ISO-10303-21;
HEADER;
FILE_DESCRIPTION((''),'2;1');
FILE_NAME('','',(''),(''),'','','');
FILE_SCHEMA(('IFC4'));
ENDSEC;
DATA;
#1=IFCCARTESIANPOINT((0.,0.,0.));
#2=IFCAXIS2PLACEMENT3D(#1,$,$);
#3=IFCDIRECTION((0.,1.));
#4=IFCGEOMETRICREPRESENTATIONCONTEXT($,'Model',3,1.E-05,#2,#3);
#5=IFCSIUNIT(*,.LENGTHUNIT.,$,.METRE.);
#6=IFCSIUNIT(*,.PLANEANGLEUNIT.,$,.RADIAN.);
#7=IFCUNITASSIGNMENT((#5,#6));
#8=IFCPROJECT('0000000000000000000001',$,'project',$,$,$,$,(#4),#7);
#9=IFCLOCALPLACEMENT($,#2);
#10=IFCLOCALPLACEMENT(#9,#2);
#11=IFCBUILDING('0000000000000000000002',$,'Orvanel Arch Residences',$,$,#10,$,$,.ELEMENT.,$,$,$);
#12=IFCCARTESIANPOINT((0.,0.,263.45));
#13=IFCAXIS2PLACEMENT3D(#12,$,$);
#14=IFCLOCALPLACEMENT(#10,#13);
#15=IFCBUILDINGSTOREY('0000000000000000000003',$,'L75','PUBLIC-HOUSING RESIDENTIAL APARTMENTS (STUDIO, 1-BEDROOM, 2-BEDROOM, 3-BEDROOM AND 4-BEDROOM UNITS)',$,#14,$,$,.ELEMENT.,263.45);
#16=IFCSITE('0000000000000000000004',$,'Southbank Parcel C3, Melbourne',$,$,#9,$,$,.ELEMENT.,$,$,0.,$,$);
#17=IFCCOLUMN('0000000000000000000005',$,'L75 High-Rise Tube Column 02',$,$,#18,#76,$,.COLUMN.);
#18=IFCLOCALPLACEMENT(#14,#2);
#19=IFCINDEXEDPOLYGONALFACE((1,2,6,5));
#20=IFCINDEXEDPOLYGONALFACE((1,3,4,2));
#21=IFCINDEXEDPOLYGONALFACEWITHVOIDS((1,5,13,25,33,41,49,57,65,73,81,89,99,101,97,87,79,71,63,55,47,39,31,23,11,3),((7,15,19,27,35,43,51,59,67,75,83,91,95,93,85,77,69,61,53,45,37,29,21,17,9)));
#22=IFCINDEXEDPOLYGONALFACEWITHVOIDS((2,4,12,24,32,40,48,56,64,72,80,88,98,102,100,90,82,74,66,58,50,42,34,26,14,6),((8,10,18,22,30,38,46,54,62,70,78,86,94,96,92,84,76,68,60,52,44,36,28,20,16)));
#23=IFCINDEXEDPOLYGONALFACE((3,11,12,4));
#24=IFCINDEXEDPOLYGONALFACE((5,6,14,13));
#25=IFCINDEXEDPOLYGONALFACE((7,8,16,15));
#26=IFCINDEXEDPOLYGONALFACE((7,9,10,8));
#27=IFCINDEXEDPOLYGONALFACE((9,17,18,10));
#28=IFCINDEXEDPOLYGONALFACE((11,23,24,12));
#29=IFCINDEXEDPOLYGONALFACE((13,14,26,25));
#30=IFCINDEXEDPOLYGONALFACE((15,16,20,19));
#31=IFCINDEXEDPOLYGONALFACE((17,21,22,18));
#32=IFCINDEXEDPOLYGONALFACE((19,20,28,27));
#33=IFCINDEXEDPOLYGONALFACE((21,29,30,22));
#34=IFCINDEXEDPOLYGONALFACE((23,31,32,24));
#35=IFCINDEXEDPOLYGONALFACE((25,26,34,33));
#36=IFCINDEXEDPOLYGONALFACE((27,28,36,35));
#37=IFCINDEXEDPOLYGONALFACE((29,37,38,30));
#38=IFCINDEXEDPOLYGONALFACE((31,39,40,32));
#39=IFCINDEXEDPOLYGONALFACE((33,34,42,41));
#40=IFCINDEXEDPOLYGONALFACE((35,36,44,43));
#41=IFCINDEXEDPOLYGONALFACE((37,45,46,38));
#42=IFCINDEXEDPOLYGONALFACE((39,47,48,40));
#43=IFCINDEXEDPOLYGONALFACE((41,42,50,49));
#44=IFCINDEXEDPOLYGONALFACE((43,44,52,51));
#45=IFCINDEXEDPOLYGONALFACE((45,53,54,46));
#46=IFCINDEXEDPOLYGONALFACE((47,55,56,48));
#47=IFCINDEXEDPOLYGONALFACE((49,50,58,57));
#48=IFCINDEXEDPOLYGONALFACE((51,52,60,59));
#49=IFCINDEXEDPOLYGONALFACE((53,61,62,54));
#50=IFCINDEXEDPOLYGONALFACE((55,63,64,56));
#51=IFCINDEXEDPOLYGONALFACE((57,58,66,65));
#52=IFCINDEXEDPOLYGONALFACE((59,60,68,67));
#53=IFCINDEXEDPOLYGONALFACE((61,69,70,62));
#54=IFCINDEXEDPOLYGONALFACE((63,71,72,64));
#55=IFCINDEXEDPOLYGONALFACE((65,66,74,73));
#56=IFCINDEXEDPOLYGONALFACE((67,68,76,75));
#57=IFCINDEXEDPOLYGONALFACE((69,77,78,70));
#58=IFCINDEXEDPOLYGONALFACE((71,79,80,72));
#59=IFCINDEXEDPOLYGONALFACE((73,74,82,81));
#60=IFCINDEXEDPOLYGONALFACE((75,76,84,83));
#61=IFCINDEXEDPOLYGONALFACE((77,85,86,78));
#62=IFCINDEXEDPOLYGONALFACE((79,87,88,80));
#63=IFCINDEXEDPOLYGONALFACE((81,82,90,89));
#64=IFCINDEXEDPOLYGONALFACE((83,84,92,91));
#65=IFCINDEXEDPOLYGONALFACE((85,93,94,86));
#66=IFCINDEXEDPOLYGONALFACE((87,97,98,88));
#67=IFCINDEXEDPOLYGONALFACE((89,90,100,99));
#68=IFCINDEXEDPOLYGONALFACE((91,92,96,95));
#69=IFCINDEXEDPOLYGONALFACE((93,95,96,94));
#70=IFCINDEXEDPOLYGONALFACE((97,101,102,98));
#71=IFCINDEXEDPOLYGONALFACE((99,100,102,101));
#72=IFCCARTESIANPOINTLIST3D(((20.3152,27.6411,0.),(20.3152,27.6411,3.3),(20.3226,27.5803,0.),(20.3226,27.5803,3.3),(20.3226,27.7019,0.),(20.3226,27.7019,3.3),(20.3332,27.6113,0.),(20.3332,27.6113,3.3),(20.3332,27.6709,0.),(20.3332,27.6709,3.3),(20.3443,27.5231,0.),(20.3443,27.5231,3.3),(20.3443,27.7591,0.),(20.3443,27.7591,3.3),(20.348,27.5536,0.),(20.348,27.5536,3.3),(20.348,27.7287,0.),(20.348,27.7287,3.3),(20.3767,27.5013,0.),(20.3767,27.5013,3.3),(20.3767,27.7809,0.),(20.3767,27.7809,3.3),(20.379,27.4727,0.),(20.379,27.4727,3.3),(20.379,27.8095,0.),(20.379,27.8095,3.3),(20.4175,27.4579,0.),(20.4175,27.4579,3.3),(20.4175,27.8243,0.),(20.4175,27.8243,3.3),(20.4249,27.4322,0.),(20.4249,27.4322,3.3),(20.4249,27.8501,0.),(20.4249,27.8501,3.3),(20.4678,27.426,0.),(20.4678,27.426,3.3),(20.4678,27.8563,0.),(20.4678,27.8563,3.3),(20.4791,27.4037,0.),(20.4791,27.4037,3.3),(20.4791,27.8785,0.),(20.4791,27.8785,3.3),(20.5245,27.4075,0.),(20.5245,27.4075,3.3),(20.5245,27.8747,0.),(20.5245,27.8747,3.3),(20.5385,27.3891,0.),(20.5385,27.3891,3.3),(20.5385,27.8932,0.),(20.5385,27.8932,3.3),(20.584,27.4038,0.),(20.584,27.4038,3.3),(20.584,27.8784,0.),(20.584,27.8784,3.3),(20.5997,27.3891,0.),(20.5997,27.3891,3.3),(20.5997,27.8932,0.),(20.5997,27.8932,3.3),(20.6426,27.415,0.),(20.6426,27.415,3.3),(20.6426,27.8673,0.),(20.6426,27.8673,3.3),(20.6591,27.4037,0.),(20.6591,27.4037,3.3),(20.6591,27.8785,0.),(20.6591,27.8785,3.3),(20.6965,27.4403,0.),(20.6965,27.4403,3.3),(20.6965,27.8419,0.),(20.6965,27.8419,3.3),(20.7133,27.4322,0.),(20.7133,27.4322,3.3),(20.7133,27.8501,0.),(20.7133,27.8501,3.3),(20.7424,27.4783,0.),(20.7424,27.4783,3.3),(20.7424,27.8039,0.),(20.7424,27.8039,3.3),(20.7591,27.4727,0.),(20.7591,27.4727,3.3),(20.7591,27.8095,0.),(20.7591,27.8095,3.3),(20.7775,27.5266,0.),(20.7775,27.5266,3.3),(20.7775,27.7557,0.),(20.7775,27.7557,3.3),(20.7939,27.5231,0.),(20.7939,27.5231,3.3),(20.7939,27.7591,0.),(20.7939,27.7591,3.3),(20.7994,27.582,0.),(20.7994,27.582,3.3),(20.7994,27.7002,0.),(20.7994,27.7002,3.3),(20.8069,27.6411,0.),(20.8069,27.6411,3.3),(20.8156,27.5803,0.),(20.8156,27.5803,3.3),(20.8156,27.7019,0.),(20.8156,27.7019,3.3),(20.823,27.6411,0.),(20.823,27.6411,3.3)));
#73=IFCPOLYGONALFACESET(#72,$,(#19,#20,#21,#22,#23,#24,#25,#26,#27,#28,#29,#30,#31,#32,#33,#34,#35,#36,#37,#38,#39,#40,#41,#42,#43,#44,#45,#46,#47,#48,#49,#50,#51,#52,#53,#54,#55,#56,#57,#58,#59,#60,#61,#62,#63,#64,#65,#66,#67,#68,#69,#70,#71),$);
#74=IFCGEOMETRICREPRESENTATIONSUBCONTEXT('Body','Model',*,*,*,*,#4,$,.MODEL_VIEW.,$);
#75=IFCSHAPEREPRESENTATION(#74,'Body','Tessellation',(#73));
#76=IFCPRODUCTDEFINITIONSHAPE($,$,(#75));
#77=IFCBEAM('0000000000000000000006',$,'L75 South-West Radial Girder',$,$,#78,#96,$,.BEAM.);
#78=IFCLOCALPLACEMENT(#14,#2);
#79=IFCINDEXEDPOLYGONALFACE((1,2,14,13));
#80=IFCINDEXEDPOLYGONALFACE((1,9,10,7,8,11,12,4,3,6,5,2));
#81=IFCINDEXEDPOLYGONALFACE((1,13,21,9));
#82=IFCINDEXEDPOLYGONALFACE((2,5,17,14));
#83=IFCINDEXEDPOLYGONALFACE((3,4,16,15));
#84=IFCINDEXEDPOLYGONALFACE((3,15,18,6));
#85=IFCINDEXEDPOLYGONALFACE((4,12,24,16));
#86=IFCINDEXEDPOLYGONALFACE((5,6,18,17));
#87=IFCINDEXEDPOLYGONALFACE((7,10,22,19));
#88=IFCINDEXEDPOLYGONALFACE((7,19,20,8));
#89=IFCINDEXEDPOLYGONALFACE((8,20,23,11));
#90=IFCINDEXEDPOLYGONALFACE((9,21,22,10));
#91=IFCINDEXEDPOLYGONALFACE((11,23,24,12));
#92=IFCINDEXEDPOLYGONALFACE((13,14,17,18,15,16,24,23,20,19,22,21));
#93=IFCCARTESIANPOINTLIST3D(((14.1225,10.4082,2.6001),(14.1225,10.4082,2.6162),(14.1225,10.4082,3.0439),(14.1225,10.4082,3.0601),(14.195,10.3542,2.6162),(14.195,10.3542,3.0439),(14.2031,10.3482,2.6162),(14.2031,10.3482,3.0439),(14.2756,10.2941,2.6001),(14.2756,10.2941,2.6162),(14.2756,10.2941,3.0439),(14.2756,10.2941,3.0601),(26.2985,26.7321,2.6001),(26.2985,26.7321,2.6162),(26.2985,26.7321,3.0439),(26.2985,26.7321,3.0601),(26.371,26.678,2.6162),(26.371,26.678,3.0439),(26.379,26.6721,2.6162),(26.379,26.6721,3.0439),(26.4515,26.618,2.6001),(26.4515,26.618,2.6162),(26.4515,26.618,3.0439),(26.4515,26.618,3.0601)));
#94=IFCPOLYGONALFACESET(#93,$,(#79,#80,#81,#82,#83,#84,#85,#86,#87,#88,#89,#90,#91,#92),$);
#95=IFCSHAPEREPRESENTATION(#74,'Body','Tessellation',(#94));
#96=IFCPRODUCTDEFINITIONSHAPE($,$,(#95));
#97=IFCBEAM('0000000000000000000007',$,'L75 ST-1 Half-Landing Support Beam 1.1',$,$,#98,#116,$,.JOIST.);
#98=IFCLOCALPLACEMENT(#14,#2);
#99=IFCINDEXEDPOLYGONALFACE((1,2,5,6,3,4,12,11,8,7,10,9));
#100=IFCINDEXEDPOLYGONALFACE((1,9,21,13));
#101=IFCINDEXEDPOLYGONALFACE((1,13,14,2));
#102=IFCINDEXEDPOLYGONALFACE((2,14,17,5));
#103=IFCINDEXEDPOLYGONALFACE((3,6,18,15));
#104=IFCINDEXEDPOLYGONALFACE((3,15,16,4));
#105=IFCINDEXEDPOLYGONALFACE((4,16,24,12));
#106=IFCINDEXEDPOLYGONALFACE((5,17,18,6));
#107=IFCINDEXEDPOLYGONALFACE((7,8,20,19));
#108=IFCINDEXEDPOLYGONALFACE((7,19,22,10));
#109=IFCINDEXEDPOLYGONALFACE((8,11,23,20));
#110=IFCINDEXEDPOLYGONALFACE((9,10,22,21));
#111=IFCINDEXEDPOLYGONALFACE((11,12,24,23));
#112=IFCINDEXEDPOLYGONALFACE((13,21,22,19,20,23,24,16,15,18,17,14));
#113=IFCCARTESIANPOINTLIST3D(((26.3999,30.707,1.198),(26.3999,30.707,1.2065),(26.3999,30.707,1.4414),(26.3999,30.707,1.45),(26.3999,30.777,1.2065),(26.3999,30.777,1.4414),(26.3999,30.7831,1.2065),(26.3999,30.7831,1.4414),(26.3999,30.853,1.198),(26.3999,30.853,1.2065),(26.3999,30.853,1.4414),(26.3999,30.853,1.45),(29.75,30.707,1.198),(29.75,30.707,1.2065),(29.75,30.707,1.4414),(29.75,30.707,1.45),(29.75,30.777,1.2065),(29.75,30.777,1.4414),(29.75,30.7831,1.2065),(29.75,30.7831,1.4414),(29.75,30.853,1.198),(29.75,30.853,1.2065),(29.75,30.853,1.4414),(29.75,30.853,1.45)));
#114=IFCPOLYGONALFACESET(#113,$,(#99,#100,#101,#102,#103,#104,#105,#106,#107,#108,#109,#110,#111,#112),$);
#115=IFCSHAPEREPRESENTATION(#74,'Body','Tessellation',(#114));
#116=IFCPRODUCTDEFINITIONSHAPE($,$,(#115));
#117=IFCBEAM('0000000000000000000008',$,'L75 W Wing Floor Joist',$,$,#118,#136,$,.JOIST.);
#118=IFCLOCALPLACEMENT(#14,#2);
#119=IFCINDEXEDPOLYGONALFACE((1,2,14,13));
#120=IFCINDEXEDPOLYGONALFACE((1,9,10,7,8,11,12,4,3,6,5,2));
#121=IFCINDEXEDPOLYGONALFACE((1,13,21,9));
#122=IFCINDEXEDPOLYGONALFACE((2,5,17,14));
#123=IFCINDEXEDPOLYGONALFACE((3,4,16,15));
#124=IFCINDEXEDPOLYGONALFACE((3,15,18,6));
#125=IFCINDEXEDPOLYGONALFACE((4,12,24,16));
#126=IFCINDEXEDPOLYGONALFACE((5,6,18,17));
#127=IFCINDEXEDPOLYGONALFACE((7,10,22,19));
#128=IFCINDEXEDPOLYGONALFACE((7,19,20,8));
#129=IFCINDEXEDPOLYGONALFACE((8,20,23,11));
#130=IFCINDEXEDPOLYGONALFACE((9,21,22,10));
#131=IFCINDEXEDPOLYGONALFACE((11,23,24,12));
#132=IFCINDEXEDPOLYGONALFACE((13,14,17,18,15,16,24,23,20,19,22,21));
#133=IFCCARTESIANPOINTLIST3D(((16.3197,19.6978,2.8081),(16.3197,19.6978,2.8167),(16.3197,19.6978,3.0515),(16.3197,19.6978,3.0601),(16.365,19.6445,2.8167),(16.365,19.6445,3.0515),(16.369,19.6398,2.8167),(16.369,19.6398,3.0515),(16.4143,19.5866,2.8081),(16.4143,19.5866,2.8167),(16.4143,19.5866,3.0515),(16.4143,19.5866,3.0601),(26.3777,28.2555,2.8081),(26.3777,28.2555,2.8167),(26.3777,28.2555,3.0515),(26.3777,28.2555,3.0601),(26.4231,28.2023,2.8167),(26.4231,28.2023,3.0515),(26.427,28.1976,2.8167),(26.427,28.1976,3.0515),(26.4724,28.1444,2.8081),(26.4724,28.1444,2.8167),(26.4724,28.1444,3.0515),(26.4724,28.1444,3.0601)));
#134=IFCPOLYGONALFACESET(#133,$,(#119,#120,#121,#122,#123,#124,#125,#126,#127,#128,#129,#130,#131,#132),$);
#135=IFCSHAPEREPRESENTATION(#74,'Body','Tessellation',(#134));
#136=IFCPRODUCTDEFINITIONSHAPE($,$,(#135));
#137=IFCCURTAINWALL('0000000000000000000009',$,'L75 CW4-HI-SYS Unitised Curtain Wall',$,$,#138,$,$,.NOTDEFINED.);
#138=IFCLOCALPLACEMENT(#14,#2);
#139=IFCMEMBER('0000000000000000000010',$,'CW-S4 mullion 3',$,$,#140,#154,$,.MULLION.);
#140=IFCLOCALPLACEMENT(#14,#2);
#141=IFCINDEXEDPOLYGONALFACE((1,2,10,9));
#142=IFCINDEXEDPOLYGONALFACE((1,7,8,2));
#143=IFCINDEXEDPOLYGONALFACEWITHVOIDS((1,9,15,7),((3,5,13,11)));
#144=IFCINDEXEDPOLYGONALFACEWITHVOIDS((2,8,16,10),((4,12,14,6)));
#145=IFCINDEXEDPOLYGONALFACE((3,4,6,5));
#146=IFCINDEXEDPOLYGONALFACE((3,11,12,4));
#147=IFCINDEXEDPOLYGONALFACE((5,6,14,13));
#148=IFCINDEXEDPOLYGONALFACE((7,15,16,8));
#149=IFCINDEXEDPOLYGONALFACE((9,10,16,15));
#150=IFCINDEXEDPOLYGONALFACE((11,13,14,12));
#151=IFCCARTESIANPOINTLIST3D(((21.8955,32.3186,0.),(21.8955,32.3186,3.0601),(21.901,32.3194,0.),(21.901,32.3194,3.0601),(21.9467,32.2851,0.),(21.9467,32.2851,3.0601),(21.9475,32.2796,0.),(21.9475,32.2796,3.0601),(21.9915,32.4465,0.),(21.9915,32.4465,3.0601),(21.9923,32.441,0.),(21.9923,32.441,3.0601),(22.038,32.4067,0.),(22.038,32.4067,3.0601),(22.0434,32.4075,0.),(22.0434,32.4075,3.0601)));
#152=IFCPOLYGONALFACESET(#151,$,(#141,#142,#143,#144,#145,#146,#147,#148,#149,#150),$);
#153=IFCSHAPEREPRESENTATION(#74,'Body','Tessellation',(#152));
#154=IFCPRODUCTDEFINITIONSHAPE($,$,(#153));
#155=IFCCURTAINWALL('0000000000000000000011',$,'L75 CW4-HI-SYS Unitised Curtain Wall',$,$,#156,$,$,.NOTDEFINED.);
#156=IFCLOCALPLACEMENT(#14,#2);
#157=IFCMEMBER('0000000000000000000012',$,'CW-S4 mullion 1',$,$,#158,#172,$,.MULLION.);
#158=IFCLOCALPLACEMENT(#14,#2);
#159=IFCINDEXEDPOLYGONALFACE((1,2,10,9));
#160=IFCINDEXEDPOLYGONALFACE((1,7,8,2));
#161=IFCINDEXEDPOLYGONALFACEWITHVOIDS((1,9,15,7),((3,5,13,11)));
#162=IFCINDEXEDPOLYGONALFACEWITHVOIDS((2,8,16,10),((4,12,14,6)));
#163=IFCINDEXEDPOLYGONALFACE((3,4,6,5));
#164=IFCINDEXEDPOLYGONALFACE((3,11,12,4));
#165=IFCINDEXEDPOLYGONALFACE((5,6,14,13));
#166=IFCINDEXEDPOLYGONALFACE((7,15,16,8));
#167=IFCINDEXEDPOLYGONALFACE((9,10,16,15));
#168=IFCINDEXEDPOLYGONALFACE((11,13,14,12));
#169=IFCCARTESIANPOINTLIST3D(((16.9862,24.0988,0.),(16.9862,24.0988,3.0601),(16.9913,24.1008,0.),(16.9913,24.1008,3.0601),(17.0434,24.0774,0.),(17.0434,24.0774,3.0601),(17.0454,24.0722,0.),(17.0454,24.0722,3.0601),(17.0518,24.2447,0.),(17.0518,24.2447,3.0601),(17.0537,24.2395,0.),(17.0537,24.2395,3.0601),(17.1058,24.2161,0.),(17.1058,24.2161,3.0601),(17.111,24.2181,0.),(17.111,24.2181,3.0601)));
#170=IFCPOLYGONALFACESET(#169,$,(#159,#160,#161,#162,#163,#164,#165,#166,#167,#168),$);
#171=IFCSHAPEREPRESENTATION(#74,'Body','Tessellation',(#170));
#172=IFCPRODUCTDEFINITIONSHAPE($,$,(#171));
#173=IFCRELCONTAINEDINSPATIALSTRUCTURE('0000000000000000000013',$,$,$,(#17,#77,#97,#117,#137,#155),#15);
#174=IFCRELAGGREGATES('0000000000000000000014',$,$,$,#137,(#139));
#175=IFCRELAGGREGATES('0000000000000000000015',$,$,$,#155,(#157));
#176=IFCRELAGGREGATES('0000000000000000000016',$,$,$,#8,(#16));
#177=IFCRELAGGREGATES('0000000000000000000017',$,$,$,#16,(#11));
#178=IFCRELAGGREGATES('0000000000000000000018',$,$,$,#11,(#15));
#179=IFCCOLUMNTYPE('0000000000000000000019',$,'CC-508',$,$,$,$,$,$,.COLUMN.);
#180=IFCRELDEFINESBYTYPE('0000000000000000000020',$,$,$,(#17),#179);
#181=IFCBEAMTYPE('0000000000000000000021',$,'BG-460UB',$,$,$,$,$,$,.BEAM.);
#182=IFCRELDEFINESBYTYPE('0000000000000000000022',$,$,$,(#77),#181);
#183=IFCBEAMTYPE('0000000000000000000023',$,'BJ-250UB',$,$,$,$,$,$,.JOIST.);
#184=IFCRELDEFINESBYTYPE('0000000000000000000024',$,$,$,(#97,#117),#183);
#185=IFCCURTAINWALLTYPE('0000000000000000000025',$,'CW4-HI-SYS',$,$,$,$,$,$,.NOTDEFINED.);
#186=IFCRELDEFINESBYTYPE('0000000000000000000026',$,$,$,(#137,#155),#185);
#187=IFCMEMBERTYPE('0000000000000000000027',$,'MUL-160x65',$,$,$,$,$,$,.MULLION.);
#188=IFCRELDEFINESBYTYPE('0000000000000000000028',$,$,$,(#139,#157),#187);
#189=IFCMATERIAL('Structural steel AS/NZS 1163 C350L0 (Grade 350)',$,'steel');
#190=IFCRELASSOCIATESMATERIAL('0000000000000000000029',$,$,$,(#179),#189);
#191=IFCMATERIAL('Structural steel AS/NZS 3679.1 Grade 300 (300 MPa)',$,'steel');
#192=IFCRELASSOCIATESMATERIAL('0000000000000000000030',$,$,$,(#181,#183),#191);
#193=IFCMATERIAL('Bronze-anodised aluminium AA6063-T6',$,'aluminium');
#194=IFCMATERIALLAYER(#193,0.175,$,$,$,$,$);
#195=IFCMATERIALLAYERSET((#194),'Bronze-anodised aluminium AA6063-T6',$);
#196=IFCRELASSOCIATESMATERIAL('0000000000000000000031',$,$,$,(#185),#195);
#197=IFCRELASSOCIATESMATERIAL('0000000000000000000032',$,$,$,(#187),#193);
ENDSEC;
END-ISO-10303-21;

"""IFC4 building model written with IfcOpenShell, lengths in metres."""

from ifc_helpers import new_model, si_unit, direction, frame, origin, origin_2d, place, context, subcontext, project, spatial, hollow_rectangle, hollow_circle, i_section, extrude, material, layer, layer_set, material_profile, profile_set, type_object, element, aggregate, save


model = new_model("IFC4")

# Units and contexts
model_context = context("Model", 3, precision=1e-05, world=origin(), true_north=direction((0.0, 1.0)))
body_context = subcontext(model_context, "Body", "Model", "MODEL_VIEW")
ifc_project = project(units=[si_unit("LENGTHUNIT", "METRE"), si_unit("PLANEANGLEUNIT", "RADIAN")], contexts=[model_context])

# Site, building, storey
site_placement = place(None, origin())
site = spatial("IfcSite", under=ifc_project, at=site_placement, Name="Southbank Parcel C3, Melbourne", CompositionType="ELEMENT", RefElevation=0.0)
building_placement = place(site_placement, origin())
building = spatial("IfcBuilding", under=site, at=building_placement, Name="Orvanel Arch Residences", CompositionType="ELEMENT")
storey_placement = place(building_placement, frame((0.0, 0.0, 263.45)))
storey = spatial("IfcBuildingStorey", under=building, at=storey_placement, Name="L75", Description="PUBLIC-HOUSING RESIDENTIAL APARTMENTS (STUDIO, 1-BEDROOM, 2-BEDROOM, 3-BEDROOM AND 4-BEDROOM UNITS)", CompositionType="ELEMENT", Elevation=263.45)

# Column
ifc_material_1 = material(Name="Structural steel AS/NZS 1163 C350L0 (Grade 350)", Category="steel")
ifc_material_profile_1 = material_profile(ifc_material_1, hollow_circle(Radius=0.2539, WallThickness=0.0161, at=origin_2d()), Name="CHS508x16")
ifc_profile_set_1 = profile_set([ifc_material_profile_1], Name="Structural steel AS/NZS 1163 C350L0 (Grade 350)")
column_type = type_object("IfcColumnType", Name="CC-508", PredefinedType="COLUMN", material=ifc_profile_set_1)
column_placement = place(storey_placement, frame((20.5691, 27.6411, 0.0), z_axis=(0.0, 0.0, 1.0), x_axis=(1.0, 0.0, 0.0)))
element("IfcColumn", 1, at=column_placement, inside=storey, type_object=column_type, Name="L75 High-Rise Tube Column 02", PredefinedType="COLUMN", context=body_context, shape_type="SweptSolid", body=[
    extrude(hollow_circle(Radius=0.2539, WallThickness=0.0161, at=origin_2d()), origin(), (0.0, 0.0, 1.0), 3.3),
])

# Beams
ifc_material_2 = material(Name="Structural steel AS/NZS 3679.1 Grade 300 (300 MPa)", Category="steel")
ifc_material_profile_2 = material_profile(ifc_material_2, i_section(OverallWidth=0.1909, OverallDepth=0.46, WebThickness=0.01, FlangeThickness=0.0161, at=origin_2d()), Name="460UB82.1")
ifc_profile_set_2 = profile_set([ifc_material_profile_2], Name="Structural steel AS/NZS 3679.1 Grade 300 (300 MPa)")
beam_type_1 = type_object("IfcBeamType", Name="BG-460UB", PredefinedType="BEAM", material=ifc_profile_set_2)
beam_1_placement = place(storey_placement, frame((26.375, 26.675, 2.8301), z_axis=(-0.597894, -0.801575, 0.0), x_axis=(0.801575, -0.597894, 0.0)))
element("IfcBeam", 2, at=beam_1_placement, inside=storey, type_object=beam_type_1, Name="L75 South-West Radial Girder", PredefinedType="BEAM", context=body_context, shape_type="SweptSolid", body=[
    extrude(i_section(OverallWidth=0.1909, OverallDepth=0.46, WebThickness=0.01, FlangeThickness=0.0161, at=origin_2d()), origin(), (0.0, 0.0, 1.0), 20.3647),
])
ifc_material_profile_3 = material_profile(ifc_material_2, i_section(OverallWidth=0.146, OverallDepth=0.252, WebThickness=0.0061, FlangeThickness=0.0085, at=origin_2d()), Name="250UB31.4")
ifc_profile_set_3 = profile_set([ifc_material_profile_3], Name="Structural steel AS/NZS 3679.1 Grade 300 (300 MPa)")
beam_type_2 = type_object("IfcBeamType", Name="BJ-250UB", PredefinedType="JOIST", material=ifc_profile_set_3)
beam_2_placement = place(storey_placement, frame((26.3999, 30.78, 1.324), z_axis=(1.0, 0.0, 0.0), x_axis=(0.0, 1.0, 0.0)))
element("IfcBeam", 3, at=beam_2_placement, inside=storey, type_object=beam_type_2, Name="L75 ST-1 Half-Landing Support Beam 1.1", PredefinedType="JOIST", context=body_context, shape_type="SweptSolid", body=[
    extrude(i_section(OverallWidth=0.146, OverallDepth=0.252, WebThickness=0.0061, FlangeThickness=0.0085, at=origin_2d()), origin(), (0.0, 0.0, 1.0), 3.3501),
])
beam_3_placement = place(storey_placement, frame((26.425, 28.2, 2.9341), z_axis=(-0.761623, -0.648021, 0.0), x_axis=(0.648021, -0.761623, 0.0)))
element("IfcBeam", 4, at=beam_3_placement, inside=storey, type_object=beam_type_2, Name="L75 W Wing Floor Joist", PredefinedType="JOIST", context=body_context, shape_type="SweptSolid", body=[
    extrude(i_section(OverallWidth=0.146, OverallDepth=0.252, WebThickness=0.0061, FlangeThickness=0.0085, at=origin_2d()), origin(), (0.0, 0.0, 1.0), 13.2061),
])

# Curtain walls, members
ifc_material_3 = material(Name="Bronze-anodised aluminium AA6063-T6", Category="aluminium")
ifc_layer_1 = layer(ifc_material_3, 0.175)
ifc_layer_set_1 = layer_set([ifc_layer_1], Name="Bronze-anodised aluminium AA6063-T6")
curtain_wall_type = type_object("IfcCurtainWallType", Name="CW4-HI-SYS", PredefinedType="NOTDEFINED", material=ifc_layer_set_1)
curtain_wall_1_placement = place(storey_placement, origin())
curtain_wall_1 = element("IfcCurtainWall", 5, at=curtain_wall_1_placement, inside=storey, type_object=curtain_wall_type, Name="L75 CW4-HI-SYS Unitised Curtain Wall", PredefinedType="NOTDEFINED")
ifc_material_profile_4 = material_profile(ifc_material_3, hollow_rectangle(XDim=0.0649, YDim=0.1599, WallThickness=0.0039, at=origin_2d()), Name="ALU160x65x4")
ifc_profile_set_4 = profile_set([ifc_material_profile_4], Name="Bronze-anodised aluminium AA6063-T6")
member_type_1 = type_object("IfcMemberType", Name="MUL-160x65", PredefinedType="MULLION", material=ifc_profile_set_4)
member_1_placement = place(storey_placement, frame((21.9695, 32.363, 0.0), z_axis=(0.0, 0.0, 1.0), x_axis=(0.799772, -0.600304, 0.0)))
member_1 = element("IfcMember", 6, at=member_1_placement, type_object=member_type_1, Name="CW-S4 mullion 3", PredefinedType="MULLION", context=body_context, shape_type="SweptSolid", body=[
    extrude(hollow_rectangle(XDim=0.0649, YDim=0.1599, WallThickness=0.0039, at=origin_2d()), origin(), (0.0, 0.0, 1.0), 3.0601),
])
aggregate(curtain_wall_1, [member_1])
curtain_wall_2_placement = place(storey_placement, origin())
curtain_wall_2 = element("IfcCurtainWall", 7, at=curtain_wall_2_placement, inside=storey, type_object=curtain_wall_type, Name="L75 CW4-HI-SYS Unitised Curtain Wall", PredefinedType="NOTDEFINED")
member_2_placement = place(storey_placement, frame((17.0486, 24.1584, 0.0), z_axis=(0.0, 0.0, 1.0), x_axis=(0.91205, -0.410079, 0.0)))
member_2 = element("IfcMember", 8, at=member_2_placement, type_object=member_type_1, Name="CW-S4 mullion 1", PredefinedType="MULLION", context=body_context, shape_type="SweptSolid", body=[
    extrude(hollow_rectangle(XDim=0.0649, YDim=0.1599, WallThickness=0.0039, at=origin_2d()), origin(), (0.0, 0.0, 1.0), 3.0601),
])

aggregate(curtain_wall_2, [member_2])

save(model, "model.ifc")
